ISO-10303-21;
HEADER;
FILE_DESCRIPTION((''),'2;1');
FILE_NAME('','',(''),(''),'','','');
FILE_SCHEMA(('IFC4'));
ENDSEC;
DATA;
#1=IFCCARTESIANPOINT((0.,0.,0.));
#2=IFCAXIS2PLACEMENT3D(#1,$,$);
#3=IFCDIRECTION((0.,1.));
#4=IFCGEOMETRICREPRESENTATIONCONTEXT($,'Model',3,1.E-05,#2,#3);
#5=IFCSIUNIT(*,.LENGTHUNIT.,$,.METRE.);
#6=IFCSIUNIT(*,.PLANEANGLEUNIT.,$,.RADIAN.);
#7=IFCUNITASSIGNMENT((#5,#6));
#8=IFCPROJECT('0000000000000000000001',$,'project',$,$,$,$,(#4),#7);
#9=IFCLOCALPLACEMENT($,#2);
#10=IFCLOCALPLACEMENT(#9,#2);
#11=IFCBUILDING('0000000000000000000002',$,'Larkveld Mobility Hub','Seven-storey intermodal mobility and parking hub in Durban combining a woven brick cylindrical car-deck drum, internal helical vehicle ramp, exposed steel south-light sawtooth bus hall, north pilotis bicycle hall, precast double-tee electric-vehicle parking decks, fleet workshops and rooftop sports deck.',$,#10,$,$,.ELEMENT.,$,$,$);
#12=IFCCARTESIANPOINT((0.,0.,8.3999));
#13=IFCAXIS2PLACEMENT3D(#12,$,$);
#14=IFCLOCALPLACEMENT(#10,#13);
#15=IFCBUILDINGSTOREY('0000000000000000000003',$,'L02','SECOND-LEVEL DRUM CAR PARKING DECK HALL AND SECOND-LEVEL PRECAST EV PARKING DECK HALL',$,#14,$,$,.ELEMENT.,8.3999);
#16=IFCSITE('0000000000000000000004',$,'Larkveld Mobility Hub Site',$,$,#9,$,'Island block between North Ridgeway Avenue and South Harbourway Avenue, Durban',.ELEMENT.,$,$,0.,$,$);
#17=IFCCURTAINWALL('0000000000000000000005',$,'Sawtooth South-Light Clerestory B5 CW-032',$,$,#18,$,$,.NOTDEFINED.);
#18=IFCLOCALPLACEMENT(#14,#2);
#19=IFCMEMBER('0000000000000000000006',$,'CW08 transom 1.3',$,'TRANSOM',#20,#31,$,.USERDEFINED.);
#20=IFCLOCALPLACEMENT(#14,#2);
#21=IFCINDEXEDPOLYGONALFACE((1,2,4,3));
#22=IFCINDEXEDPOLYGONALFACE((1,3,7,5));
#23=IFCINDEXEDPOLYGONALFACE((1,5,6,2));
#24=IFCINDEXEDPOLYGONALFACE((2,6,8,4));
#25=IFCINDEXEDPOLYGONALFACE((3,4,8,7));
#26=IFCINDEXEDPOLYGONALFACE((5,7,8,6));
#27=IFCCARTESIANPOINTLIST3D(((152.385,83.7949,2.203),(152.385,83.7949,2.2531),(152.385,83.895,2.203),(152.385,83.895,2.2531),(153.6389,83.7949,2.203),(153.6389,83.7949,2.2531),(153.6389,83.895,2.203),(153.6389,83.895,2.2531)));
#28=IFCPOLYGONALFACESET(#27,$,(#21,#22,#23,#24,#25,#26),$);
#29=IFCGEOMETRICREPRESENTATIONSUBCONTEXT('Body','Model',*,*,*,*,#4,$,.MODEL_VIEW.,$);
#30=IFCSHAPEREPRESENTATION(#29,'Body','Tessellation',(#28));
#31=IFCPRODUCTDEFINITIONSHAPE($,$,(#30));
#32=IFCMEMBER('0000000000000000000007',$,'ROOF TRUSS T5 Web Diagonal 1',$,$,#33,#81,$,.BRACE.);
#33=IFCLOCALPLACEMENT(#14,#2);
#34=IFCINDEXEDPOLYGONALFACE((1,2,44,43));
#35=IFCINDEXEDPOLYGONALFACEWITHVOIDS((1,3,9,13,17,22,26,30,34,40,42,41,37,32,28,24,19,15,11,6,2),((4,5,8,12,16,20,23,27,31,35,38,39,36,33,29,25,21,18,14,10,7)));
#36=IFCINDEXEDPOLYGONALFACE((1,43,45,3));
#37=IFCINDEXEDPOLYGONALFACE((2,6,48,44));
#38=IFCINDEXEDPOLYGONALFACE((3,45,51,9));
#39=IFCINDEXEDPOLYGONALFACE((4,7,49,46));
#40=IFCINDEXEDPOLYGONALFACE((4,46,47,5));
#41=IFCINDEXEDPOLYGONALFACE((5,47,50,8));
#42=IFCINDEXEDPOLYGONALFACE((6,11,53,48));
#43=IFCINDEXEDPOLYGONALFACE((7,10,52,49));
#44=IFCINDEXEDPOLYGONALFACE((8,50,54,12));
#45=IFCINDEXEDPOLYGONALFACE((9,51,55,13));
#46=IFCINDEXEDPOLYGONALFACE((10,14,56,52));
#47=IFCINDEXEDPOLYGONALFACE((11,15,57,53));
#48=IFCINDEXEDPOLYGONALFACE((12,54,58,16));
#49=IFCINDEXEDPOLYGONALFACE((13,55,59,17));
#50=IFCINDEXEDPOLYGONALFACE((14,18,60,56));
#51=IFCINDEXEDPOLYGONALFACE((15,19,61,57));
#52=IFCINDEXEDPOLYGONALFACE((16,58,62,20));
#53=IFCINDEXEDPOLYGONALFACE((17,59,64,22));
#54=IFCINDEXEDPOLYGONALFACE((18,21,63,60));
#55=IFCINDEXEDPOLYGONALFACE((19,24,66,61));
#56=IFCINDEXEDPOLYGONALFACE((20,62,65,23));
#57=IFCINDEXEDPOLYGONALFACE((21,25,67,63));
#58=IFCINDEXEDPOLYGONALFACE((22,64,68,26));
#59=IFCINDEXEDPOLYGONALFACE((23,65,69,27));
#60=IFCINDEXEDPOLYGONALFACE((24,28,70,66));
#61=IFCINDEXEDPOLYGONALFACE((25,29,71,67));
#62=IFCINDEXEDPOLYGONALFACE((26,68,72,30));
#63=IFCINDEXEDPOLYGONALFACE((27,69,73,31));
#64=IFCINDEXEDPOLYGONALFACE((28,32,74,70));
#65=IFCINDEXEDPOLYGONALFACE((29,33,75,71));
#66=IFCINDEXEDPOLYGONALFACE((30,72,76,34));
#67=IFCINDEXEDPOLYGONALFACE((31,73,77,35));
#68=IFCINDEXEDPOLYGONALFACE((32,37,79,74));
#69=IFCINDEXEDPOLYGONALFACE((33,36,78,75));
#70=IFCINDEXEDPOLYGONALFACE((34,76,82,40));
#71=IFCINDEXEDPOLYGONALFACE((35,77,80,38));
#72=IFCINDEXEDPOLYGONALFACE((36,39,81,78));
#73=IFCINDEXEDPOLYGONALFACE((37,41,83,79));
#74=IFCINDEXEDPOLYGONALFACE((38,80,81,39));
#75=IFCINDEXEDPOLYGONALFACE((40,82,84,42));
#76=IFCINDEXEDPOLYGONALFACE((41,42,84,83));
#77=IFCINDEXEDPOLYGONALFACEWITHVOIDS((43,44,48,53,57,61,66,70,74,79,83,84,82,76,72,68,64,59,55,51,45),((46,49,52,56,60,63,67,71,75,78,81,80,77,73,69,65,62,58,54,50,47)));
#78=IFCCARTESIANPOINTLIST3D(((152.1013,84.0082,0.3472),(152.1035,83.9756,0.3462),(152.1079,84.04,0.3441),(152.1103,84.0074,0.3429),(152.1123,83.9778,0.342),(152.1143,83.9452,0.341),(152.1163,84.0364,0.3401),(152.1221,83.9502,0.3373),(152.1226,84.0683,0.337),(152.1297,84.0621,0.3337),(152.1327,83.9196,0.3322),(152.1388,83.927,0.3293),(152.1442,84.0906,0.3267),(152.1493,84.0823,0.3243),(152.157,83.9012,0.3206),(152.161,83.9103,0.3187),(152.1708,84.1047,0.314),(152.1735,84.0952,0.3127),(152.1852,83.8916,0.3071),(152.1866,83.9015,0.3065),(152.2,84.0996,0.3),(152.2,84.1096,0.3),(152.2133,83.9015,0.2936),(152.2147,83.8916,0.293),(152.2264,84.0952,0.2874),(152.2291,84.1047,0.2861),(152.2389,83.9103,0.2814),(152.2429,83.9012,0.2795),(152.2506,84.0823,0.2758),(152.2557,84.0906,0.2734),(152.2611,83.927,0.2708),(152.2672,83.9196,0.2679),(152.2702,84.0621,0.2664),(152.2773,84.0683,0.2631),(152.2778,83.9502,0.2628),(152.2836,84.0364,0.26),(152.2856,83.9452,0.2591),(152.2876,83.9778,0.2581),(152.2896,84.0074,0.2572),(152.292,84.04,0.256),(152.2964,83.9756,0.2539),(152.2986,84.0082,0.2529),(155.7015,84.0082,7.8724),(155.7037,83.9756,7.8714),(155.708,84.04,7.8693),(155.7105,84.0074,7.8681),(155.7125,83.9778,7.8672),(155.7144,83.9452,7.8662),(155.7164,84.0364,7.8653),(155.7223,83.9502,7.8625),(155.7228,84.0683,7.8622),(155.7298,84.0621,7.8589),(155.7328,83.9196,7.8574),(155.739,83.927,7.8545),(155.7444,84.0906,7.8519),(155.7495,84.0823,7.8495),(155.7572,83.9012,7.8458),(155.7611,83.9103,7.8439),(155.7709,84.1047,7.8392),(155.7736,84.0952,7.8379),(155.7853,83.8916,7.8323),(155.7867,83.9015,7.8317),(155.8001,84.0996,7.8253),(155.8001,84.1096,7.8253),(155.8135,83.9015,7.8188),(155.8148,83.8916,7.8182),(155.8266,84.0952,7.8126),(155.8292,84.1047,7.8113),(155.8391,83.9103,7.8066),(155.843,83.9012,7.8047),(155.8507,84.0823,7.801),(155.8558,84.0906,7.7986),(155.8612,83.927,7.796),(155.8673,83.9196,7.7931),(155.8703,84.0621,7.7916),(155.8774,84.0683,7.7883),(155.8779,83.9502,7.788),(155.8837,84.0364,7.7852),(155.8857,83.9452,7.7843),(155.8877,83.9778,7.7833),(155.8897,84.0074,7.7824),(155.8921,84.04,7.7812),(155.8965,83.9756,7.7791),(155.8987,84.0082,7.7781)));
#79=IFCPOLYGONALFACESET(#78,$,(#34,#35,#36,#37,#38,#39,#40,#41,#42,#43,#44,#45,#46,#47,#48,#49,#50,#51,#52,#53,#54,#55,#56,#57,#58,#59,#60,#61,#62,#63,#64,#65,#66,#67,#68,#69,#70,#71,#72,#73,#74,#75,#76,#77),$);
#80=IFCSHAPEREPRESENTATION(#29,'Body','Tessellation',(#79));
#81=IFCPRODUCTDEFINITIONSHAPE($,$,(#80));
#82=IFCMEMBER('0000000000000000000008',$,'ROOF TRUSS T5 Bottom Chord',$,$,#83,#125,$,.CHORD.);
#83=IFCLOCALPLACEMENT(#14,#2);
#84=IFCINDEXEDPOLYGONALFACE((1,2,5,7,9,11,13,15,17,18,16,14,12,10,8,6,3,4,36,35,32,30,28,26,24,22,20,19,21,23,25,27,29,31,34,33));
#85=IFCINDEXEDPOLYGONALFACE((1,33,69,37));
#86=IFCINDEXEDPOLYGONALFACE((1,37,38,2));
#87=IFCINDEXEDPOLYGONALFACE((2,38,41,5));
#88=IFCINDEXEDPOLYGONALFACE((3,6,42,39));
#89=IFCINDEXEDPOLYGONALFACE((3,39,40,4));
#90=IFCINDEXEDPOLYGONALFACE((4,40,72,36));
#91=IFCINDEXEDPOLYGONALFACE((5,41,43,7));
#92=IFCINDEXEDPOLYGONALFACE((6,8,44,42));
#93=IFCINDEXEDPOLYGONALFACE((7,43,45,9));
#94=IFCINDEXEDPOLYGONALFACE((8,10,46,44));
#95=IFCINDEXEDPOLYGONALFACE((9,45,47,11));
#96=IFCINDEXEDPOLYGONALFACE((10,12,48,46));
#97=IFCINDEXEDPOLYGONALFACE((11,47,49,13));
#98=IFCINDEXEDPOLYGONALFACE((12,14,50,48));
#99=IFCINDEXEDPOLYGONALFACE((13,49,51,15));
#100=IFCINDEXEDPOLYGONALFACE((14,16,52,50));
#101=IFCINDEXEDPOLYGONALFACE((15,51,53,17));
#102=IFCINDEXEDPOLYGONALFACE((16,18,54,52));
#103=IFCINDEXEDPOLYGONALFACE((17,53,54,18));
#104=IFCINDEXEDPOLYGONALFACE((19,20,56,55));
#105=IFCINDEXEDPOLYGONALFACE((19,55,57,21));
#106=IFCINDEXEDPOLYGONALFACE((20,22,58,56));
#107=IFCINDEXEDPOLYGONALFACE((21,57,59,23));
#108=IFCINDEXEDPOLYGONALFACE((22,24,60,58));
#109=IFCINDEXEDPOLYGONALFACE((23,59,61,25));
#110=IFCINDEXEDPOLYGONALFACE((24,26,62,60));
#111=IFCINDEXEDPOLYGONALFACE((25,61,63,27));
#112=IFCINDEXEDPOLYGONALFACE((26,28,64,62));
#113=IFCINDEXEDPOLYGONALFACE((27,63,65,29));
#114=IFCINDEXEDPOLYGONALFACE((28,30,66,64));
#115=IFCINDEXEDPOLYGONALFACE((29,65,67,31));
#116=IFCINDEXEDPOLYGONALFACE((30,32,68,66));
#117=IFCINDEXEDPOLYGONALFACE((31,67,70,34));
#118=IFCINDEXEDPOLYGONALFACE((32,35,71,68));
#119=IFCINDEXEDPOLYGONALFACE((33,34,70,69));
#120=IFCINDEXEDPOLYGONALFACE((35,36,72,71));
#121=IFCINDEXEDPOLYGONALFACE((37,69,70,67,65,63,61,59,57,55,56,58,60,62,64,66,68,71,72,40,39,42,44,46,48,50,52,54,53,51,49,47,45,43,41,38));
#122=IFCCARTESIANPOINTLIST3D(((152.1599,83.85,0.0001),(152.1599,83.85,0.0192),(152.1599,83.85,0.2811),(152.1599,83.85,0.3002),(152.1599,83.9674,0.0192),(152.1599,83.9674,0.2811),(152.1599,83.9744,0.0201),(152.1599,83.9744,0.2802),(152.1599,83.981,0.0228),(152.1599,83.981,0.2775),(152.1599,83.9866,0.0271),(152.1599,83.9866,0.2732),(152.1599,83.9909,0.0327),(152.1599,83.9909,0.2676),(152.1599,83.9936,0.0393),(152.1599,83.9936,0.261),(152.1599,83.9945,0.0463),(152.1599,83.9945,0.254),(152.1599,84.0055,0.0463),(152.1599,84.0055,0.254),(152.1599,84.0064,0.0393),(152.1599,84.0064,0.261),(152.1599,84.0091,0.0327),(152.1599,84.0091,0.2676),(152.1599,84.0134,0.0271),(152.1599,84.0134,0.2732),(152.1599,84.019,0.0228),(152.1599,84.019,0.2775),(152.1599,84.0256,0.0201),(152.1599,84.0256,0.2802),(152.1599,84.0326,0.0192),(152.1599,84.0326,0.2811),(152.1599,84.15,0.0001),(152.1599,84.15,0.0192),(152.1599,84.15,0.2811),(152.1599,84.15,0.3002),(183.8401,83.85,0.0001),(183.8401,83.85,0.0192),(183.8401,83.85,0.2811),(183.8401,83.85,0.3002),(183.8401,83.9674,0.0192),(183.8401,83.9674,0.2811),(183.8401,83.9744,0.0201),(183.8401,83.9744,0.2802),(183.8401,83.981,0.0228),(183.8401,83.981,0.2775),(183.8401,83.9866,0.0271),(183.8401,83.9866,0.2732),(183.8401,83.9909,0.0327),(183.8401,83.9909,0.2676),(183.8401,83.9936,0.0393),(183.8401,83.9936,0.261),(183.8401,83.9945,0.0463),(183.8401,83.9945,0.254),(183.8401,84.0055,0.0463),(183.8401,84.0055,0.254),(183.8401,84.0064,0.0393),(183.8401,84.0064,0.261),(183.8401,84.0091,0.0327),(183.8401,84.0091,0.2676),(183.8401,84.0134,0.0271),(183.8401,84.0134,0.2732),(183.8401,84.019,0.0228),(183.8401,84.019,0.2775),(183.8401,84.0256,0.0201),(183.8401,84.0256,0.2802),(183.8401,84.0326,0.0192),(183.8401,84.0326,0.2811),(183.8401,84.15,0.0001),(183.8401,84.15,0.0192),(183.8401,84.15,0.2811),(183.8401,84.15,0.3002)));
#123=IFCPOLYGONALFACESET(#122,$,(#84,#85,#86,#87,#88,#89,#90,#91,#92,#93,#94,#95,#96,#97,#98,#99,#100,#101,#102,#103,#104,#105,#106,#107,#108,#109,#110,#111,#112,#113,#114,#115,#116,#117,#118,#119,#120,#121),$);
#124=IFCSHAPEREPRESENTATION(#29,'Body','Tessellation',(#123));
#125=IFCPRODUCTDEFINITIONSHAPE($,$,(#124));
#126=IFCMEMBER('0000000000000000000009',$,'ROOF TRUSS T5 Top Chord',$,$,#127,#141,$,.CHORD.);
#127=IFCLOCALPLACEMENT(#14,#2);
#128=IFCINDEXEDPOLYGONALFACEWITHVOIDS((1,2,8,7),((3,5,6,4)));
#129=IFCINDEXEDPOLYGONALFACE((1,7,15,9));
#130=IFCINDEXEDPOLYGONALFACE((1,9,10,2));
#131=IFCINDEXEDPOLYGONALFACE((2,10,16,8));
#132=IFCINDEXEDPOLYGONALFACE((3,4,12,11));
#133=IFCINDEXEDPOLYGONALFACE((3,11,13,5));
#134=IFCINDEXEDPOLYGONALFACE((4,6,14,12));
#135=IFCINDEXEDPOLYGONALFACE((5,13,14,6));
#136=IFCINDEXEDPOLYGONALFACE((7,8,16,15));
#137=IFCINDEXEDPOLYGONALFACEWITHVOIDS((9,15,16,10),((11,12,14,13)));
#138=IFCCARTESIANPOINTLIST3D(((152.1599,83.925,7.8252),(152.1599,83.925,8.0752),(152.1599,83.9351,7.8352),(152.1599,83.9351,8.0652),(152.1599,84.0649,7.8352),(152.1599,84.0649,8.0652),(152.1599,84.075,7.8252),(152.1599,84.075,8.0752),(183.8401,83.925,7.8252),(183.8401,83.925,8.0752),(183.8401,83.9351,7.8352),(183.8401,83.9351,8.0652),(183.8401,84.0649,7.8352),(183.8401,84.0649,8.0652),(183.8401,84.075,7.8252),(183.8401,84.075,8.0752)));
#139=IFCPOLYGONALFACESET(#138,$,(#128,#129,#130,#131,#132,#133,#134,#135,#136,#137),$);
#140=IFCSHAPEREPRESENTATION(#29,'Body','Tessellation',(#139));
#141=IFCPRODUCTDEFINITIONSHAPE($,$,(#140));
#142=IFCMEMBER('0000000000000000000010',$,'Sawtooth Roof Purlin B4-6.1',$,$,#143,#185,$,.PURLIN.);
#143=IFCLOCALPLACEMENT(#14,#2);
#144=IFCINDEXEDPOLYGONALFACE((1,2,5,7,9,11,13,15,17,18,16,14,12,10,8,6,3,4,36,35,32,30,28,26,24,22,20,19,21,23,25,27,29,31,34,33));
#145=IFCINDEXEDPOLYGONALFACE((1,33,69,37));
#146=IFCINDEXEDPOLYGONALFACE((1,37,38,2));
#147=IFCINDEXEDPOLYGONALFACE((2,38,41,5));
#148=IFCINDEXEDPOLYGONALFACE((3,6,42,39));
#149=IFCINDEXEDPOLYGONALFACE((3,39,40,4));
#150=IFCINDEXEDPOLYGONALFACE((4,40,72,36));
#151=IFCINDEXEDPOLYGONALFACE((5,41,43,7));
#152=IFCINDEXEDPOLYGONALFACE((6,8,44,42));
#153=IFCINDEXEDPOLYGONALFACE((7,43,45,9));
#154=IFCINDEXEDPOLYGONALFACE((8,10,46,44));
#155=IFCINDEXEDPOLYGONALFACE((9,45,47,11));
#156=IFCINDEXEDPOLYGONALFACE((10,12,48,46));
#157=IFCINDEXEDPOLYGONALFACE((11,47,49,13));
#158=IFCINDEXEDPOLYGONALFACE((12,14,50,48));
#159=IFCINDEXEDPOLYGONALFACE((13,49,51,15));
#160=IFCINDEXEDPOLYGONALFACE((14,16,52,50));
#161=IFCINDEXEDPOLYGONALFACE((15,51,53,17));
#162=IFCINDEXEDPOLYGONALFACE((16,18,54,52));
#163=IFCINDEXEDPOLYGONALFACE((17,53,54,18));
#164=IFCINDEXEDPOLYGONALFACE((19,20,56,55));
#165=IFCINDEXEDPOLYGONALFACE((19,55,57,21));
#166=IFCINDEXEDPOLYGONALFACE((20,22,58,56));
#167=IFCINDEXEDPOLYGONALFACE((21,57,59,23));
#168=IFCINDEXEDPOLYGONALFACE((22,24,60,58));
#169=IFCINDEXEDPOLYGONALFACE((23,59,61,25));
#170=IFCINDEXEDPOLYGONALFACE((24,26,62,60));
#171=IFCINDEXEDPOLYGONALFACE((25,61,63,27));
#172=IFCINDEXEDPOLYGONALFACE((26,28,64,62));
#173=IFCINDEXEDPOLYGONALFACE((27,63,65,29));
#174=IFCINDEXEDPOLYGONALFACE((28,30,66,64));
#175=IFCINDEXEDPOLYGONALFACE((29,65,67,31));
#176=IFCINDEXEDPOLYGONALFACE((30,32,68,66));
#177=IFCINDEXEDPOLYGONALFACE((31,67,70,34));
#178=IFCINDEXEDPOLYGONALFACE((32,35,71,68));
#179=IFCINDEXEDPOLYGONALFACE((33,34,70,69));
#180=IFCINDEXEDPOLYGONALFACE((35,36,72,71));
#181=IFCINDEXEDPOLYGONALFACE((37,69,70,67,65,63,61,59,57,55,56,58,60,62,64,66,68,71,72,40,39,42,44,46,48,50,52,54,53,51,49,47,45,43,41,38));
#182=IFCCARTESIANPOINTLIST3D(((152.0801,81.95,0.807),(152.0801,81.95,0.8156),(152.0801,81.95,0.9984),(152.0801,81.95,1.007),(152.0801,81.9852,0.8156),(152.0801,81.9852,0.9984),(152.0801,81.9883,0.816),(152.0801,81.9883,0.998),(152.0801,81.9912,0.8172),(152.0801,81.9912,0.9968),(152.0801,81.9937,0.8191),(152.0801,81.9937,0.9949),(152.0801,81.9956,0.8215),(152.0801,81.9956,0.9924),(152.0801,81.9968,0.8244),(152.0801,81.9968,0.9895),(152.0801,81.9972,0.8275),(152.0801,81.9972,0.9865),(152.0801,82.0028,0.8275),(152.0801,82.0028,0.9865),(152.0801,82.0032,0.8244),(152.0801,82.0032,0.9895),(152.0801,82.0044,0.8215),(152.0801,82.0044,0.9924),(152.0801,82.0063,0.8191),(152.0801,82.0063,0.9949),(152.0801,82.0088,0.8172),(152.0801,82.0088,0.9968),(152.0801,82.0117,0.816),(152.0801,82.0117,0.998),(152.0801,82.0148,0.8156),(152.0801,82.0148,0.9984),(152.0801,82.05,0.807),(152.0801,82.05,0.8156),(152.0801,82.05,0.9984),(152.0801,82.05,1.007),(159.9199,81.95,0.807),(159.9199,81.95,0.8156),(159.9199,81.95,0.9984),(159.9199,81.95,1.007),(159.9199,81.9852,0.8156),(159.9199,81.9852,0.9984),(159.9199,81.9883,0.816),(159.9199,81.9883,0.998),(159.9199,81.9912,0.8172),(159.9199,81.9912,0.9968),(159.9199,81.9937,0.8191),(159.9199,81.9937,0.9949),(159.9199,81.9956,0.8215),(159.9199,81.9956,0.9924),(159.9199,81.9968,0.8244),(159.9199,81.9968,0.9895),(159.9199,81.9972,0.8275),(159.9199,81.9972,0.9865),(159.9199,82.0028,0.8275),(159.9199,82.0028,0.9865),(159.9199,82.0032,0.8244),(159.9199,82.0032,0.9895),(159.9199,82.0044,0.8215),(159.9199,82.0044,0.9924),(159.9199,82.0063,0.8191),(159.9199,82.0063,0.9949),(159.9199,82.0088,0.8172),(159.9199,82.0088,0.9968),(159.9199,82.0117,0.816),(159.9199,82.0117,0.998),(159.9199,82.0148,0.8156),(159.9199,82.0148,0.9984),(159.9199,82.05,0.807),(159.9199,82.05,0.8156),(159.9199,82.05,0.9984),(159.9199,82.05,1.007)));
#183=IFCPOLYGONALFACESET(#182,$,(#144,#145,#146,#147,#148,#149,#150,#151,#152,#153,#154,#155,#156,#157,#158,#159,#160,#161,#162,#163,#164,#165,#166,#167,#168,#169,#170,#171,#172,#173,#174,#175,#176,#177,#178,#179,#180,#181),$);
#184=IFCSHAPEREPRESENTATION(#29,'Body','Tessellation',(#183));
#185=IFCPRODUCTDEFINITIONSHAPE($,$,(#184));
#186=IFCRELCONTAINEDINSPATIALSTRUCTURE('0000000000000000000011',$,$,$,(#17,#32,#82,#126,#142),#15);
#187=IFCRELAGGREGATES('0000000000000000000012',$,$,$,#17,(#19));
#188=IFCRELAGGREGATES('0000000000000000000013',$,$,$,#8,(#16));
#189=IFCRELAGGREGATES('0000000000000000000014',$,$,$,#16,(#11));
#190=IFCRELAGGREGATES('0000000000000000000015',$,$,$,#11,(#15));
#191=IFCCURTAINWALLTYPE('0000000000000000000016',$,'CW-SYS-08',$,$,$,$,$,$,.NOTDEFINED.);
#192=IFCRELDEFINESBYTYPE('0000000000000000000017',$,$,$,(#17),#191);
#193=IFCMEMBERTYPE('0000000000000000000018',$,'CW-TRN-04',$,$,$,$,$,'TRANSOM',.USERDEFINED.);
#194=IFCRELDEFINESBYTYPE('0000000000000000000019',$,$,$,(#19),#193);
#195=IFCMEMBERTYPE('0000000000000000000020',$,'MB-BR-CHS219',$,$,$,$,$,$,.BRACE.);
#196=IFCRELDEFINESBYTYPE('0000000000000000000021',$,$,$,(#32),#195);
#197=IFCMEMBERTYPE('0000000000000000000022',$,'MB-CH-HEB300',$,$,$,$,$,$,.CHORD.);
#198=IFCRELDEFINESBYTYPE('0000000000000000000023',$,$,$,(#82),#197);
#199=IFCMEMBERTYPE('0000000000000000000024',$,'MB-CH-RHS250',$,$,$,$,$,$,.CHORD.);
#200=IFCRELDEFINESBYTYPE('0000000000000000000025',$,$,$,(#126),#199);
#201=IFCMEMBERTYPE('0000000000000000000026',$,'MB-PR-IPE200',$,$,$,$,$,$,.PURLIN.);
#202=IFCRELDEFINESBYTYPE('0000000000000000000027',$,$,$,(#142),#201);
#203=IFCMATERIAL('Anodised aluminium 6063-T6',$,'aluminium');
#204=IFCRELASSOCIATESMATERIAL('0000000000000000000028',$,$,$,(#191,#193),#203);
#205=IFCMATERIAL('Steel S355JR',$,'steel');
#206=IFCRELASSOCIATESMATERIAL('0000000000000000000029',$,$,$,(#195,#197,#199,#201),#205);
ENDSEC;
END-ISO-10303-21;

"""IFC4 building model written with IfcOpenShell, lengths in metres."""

from ifc_helpers import new_model, si_unit, direction, frame, origin, origin_2d, place, context, subcontext, project, spatial, rectangle, hollow_rectangle, hollow_circle, i_section, extrude, material, material_profile, profile_set, type_object, element, aggregate, save


model = new_model("IFC4")

# Units and contexts
model_context = context("Model", 3, precision=1e-05, world=origin(), true_north=direction((0.0, 1.0)))
body_context = subcontext(model_context, "Body", "Model", "MODEL_VIEW")
ifc_project = project(units=[si_unit("LENGTHUNIT", "METRE"), si_unit("PLANEANGLEUNIT", "RADIAN")], contexts=[model_context])

# Site, building, storey
site_placement = place(None, origin())
site = spatial("IfcSite", under=ifc_project, at=site_placement, Name="Larkveld Mobility Hub Site", LongName="Island block between North Ridgeway Avenue and South Harbourway Avenue, Durban", CompositionType="ELEMENT", RefElevation=0.0)
building_placement = place(site_placement, origin())
building = spatial("IfcBuilding", under=site, at=building_placement, Name="Larkveld Mobility Hub", Description="Seven-storey intermodal mobility and parking hub in Durban combining a woven brick cylindrical car-deck drum, internal helical vehicle ramp, exposed steel south-light sawtooth bus hall, north pilotis bicycle hall, precast double-tee electric-vehicle parking decks, fleet workshops and rooftop sports deck.", CompositionType="ELEMENT")
storey_placement = place(building_placement, frame((0.0, 0.0, 8.3999)))
storey = spatial("IfcBuildingStorey", under=building, at=storey_placement, Name="L02", Description="SECOND-LEVEL DRUM CAR PARKING DECK HALL AND SECOND-LEVEL PRECAST EV PARKING DECK HALL", CompositionType="ELEMENT", Elevation=8.3999)

# Shared definitions
ifc_material_1 = material(Name="Steel S355JR", Category="steel")

# Curtain wall
ifc_material_2 = material(Name="Anodised aluminium 6063-T6", Category="aluminium")
curtain_wall_type_1 = type_object("IfcCurtainWallType", Name="CW-SYS-08", PredefinedType="NOTDEFINED", material=ifc_material_2)
curtain_wall_1_placement = place(storey_placement, origin())
curtain_wall_1 = element("IfcCurtainWall", 1, at=curtain_wall_1_placement, inside=storey, type_object=curtain_wall_type_1, Name="Sawtooth South-Light Clerestory B5 CW-032", PredefinedType="NOTDEFINED")

# Member
ifc_material_profile_1 = material_profile(ifc_material_2, rectangle(XDim=0.1001, YDim=0.05, at=origin_2d()), Name="ALU TRAN 50x100")
ifc_profile_set_1 = profile_set([ifc_material_profile_1], Name="Anodised aluminium 6063-T6")
member_type_1 = type_object("IfcMemberType", Name="CW-TRN-04", ElementType="TRANSOM", PredefinedType="USERDEFINED", material=ifc_profile_set_1)
member_1_placement = place(storey_placement, frame((152.385, 83.845, 2.228), z_axis=(1.0, 0.0, 0.0), x_axis=(0.0, 1.0, 0.0)))
member_1 = element("IfcMember", 2, at=member_1_placement, type_object=member_type_1, Name="CW08 transom 1.3", ObjectType="TRANSOM", PredefinedType="USERDEFINED", context=body_context, shape_type="SweptSolid", body=[
    extrude(rectangle(XDim=0.1001, YDim=0.05, at=origin_2d()), origin(), (0.0, 0.0, 1.0), 1.2539),
])
aggregate(curtain_wall_1, [member_1])

# Members
ifc_material_profile_2 = material_profile(ifc_material_1, hollow_circle(Radius=0.1096, WallThickness=0.01, at=origin_2d()), Name="CHS 219.1x10")
ifc_profile_set_2 = profile_set([ifc_material_profile_2], Name="Steel S355JR")
member_type_2 = type_object("IfcMemberType", Name="MB-BR-CHS219", PredefinedType="BRACE", material=ifc_profile_set_2)
member_2_placement = place(storey_placement, frame((152.2, 84.0, 0.3), z_axis=(0.431564, 0.0, 0.902082), x_axis=(0.0, 1.0, 0.0)))
element("IfcMember", 3, at=member_2_placement, inside=storey, type_object=member_type_2, Name="ROOF TRUSS T5 Web Diagonal 1", PredefinedType="BRACE", context=body_context, shape_type="SweptSolid", body=[
    extrude(hollow_circle(Radius=0.1096, WallThickness=0.01, at=origin_2d()), origin(), (0.0, 0.0, 1.0), 8.342),
])
ifc_material_profile_3 = material_profile(ifc_material_1, i_section(OverallWidth=0.3, OverallDepth=0.3, WebThickness=0.011, FlangeThickness=0.019, FilletRadius=0.0271, at=origin_2d()), Name="HEB 300")
ifc_profile_set_3 = profile_set([ifc_material_profile_3], Name="Steel S355JR")
member_type_3 = type_object("IfcMemberType", Name="MB-CH-HEB300", PredefinedType="CHORD", material=ifc_profile_set_3)
member_3_placement = place(storey_placement, frame((152.1599, 84.0, 0.1501), z_axis=(1.0, 0.0, 0.0), x_axis=(0.0, 1.0, 0.0)))
element("IfcMember", 4, at=member_3_placement, inside=storey, type_object=member_type_3, Name="ROOF TRUSS T5 Bottom Chord", PredefinedType="CHORD", context=body_context, shape_type="SweptSolid", body=[
    extrude(i_section(OverallWidth=0.3, OverallDepth=0.3, WebThickness=0.011, FlangeThickness=0.019, FilletRadius=0.0271, at=origin_2d()), origin(), (0.0, 0.0, 1.0), 31.6802),
])
ifc_material_profile_4 = material_profile(ifc_material_1, hollow_rectangle(XDim=0.1499, YDim=0.25, WallThickness=0.01, at=origin_2d()), Name="RHS 250x150x10")
ifc_profile_set_4 = profile_set([ifc_material_profile_4], Name="Steel S355JR")
member_type_4 = type_object("IfcMemberType", Name="MB-CH-RHS250", PredefinedType="CHORD", material=ifc_profile_set_4)
member_4_placement = place(storey_placement, frame((152.1599, 84.0, 7.9502), z_axis=(1.0, 0.0, 0.0), x_axis=(0.0, 1.0, 0.0)))
element("IfcMember", 5, at=member_4_placement, inside=storey, type_object=member_type_4, Name="ROOF TRUSS T5 Top Chord", PredefinedType="CHORD", context=body_context, shape_type="SweptSolid", body=[
    extrude(hollow_rectangle(XDim=0.1499, YDim=0.25, WallThickness=0.01, at=origin_2d()), origin(), (0.0, 0.0, 1.0), 31.6802),
])
ifc_material_profile_5 = material_profile(ifc_material_1, i_section(OverallWidth=0.1001, OverallDepth=0.2, WebThickness=0.0056, FlangeThickness=0.0085, FilletRadius=0.012, at=origin_2d()), Name="IPE 200")
ifc_profile_set_5 = profile_set([ifc_material_profile_5], Name="Steel S355JR")
member_type_5 = type_object("IfcMemberType", Name="MB-PR-IPE200", PredefinedType="PURLIN", material=ifc_profile_set_5)
for number, where, z_axis, x_axis, name in (
    (6, (152.0801, 82.0, 0.907), (1.0, 0.0, 0.0), (0.0, 1.0, 0.0), "Sawtooth Roof Purlin B4-6.1"),
):
    element("IfcMember", number, at=place(storey_placement, frame(where, z_axis=z_axis, x_axis=x_axis)), inside=storey, type_object=member_type_5, Name=name, PredefinedType="PURLIN", context=body_context, shape_type="SweptSolid", body=[
        extrude(i_section(OverallWidth=0.1001, OverallDepth=0.2, WebThickness=0.0056, FlangeThickness=0.0085, FilletRadius=0.012, at=origin_2d()), origin(), (0.0, 0.0, 1.0), 7.8398),
    ])

save(model, "model.ifc")
